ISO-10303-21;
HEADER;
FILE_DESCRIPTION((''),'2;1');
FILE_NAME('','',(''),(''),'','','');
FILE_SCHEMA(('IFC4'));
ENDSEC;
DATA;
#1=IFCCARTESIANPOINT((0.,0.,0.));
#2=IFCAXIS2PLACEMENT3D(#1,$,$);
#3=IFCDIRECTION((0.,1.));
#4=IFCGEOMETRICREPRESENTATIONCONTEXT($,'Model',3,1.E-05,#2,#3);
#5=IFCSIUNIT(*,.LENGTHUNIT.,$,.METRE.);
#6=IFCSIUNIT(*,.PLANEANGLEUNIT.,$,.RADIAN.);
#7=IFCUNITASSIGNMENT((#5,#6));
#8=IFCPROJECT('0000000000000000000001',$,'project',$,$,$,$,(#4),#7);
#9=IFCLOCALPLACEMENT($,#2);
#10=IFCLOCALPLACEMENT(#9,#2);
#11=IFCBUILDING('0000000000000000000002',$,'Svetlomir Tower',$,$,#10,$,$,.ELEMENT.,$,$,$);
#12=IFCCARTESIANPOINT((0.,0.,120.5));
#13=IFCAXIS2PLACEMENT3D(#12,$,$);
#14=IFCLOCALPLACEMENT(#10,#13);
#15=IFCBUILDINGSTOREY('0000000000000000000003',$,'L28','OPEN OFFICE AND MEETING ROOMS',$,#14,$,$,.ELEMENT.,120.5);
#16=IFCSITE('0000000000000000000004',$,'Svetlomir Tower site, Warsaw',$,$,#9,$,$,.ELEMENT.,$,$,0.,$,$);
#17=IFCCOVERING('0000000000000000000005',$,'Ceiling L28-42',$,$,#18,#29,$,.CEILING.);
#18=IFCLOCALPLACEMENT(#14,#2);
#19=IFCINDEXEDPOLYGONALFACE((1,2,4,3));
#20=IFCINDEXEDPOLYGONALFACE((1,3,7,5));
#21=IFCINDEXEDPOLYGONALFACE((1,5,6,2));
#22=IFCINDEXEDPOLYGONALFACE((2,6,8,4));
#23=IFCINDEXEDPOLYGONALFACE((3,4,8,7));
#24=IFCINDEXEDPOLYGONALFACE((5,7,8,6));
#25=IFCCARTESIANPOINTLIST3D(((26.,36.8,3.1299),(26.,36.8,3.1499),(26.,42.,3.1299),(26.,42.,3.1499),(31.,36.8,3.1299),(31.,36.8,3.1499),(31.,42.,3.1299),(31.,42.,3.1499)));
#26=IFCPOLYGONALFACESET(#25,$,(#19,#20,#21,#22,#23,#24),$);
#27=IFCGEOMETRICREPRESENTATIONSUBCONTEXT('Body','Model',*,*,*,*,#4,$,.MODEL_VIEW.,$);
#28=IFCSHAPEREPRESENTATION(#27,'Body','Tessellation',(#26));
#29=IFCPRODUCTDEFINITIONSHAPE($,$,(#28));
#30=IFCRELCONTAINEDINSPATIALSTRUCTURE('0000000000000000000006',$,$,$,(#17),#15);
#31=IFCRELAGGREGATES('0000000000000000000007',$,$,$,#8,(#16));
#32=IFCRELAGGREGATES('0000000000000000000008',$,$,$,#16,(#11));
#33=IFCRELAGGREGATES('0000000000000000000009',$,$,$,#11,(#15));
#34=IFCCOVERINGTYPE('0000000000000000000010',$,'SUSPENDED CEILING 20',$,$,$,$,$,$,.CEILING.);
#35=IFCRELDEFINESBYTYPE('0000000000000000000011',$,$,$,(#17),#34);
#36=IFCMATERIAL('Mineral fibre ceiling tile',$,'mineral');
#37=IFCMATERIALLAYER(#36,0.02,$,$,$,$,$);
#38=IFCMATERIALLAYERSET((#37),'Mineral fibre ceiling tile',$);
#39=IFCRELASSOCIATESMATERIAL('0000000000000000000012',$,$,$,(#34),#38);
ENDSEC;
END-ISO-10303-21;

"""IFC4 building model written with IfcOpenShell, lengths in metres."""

from ifc_helpers import new_model, si_unit, direction, frame, origin, place, context, subcontext, project, spatial, polyline, outline, extrude, material, layer, layer_set, type_object, element, save


model = new_model("IFC4")

# Units and contexts
model_context = context("Model", 3, precision=1e-05, world=origin(), true_north=direction((0.0, 1.0)))
body_context = subcontext(model_context, "Body", "Model", "MODEL_VIEW")
ifc_project = project(units=[si_unit("LENGTHUNIT", "METRE"), si_unit("PLANEANGLEUNIT", "RADIAN")], contexts=[model_context])

# Site, building, storey
site_placement = place(None, origin())
site = spatial("IfcSite", under=ifc_project, at=site_placement, Name="Svetlomir Tower site, Warsaw", CompositionType="ELEMENT", RefElevation=0.0)
building_placement = place(site_placement, origin())
building = spatial("IfcBuilding", under=site, at=building_placement, Name="Svetlomir Tower", CompositionType="ELEMENT")
storey_placement = place(building_placement, frame((0.0, 0.0, 120.5)))
storey = spatial("IfcBuildingStorey", under=building, at=storey_placement, Name="L28", Description="OPEN OFFICE AND MEETING ROOMS", CompositionType="ELEMENT", Elevation=120.5)

# Covering
ifc_material_1 = material(Name="Mineral fibre ceiling tile", Category="mineral")
ifc_layer_1 = layer(ifc_material_1, 0.02)
ifc_layer_set_1 = layer_set([ifc_layer_1], Name="Mineral fibre ceiling tile")
covering_type_1 = type_object("IfcCoveringType", Name="SUSPENDED CEILING 20", PredefinedType="CEILING", material=ifc_layer_set_1)
covering_1_placement = place(storey_placement, frame((0.0, 0.0, 3.1299)))
element("IfcCovering", 1, at=covering_1_placement, inside=storey, type_object=covering_type_1, Name="Ceiling L28-42", PredefinedType="CEILING", context=body_context, shape_type="SweptSolid", body=[
    extrude(outline(polyline([(26.0, 36.8), (26.0, 42.0), (31.0, 42.0), (31.0, 36.8), (26.0, 36.8)])), origin(), (0.0, 0.0, 1.0), 0.02),
])

save(model, "model.ifc")
